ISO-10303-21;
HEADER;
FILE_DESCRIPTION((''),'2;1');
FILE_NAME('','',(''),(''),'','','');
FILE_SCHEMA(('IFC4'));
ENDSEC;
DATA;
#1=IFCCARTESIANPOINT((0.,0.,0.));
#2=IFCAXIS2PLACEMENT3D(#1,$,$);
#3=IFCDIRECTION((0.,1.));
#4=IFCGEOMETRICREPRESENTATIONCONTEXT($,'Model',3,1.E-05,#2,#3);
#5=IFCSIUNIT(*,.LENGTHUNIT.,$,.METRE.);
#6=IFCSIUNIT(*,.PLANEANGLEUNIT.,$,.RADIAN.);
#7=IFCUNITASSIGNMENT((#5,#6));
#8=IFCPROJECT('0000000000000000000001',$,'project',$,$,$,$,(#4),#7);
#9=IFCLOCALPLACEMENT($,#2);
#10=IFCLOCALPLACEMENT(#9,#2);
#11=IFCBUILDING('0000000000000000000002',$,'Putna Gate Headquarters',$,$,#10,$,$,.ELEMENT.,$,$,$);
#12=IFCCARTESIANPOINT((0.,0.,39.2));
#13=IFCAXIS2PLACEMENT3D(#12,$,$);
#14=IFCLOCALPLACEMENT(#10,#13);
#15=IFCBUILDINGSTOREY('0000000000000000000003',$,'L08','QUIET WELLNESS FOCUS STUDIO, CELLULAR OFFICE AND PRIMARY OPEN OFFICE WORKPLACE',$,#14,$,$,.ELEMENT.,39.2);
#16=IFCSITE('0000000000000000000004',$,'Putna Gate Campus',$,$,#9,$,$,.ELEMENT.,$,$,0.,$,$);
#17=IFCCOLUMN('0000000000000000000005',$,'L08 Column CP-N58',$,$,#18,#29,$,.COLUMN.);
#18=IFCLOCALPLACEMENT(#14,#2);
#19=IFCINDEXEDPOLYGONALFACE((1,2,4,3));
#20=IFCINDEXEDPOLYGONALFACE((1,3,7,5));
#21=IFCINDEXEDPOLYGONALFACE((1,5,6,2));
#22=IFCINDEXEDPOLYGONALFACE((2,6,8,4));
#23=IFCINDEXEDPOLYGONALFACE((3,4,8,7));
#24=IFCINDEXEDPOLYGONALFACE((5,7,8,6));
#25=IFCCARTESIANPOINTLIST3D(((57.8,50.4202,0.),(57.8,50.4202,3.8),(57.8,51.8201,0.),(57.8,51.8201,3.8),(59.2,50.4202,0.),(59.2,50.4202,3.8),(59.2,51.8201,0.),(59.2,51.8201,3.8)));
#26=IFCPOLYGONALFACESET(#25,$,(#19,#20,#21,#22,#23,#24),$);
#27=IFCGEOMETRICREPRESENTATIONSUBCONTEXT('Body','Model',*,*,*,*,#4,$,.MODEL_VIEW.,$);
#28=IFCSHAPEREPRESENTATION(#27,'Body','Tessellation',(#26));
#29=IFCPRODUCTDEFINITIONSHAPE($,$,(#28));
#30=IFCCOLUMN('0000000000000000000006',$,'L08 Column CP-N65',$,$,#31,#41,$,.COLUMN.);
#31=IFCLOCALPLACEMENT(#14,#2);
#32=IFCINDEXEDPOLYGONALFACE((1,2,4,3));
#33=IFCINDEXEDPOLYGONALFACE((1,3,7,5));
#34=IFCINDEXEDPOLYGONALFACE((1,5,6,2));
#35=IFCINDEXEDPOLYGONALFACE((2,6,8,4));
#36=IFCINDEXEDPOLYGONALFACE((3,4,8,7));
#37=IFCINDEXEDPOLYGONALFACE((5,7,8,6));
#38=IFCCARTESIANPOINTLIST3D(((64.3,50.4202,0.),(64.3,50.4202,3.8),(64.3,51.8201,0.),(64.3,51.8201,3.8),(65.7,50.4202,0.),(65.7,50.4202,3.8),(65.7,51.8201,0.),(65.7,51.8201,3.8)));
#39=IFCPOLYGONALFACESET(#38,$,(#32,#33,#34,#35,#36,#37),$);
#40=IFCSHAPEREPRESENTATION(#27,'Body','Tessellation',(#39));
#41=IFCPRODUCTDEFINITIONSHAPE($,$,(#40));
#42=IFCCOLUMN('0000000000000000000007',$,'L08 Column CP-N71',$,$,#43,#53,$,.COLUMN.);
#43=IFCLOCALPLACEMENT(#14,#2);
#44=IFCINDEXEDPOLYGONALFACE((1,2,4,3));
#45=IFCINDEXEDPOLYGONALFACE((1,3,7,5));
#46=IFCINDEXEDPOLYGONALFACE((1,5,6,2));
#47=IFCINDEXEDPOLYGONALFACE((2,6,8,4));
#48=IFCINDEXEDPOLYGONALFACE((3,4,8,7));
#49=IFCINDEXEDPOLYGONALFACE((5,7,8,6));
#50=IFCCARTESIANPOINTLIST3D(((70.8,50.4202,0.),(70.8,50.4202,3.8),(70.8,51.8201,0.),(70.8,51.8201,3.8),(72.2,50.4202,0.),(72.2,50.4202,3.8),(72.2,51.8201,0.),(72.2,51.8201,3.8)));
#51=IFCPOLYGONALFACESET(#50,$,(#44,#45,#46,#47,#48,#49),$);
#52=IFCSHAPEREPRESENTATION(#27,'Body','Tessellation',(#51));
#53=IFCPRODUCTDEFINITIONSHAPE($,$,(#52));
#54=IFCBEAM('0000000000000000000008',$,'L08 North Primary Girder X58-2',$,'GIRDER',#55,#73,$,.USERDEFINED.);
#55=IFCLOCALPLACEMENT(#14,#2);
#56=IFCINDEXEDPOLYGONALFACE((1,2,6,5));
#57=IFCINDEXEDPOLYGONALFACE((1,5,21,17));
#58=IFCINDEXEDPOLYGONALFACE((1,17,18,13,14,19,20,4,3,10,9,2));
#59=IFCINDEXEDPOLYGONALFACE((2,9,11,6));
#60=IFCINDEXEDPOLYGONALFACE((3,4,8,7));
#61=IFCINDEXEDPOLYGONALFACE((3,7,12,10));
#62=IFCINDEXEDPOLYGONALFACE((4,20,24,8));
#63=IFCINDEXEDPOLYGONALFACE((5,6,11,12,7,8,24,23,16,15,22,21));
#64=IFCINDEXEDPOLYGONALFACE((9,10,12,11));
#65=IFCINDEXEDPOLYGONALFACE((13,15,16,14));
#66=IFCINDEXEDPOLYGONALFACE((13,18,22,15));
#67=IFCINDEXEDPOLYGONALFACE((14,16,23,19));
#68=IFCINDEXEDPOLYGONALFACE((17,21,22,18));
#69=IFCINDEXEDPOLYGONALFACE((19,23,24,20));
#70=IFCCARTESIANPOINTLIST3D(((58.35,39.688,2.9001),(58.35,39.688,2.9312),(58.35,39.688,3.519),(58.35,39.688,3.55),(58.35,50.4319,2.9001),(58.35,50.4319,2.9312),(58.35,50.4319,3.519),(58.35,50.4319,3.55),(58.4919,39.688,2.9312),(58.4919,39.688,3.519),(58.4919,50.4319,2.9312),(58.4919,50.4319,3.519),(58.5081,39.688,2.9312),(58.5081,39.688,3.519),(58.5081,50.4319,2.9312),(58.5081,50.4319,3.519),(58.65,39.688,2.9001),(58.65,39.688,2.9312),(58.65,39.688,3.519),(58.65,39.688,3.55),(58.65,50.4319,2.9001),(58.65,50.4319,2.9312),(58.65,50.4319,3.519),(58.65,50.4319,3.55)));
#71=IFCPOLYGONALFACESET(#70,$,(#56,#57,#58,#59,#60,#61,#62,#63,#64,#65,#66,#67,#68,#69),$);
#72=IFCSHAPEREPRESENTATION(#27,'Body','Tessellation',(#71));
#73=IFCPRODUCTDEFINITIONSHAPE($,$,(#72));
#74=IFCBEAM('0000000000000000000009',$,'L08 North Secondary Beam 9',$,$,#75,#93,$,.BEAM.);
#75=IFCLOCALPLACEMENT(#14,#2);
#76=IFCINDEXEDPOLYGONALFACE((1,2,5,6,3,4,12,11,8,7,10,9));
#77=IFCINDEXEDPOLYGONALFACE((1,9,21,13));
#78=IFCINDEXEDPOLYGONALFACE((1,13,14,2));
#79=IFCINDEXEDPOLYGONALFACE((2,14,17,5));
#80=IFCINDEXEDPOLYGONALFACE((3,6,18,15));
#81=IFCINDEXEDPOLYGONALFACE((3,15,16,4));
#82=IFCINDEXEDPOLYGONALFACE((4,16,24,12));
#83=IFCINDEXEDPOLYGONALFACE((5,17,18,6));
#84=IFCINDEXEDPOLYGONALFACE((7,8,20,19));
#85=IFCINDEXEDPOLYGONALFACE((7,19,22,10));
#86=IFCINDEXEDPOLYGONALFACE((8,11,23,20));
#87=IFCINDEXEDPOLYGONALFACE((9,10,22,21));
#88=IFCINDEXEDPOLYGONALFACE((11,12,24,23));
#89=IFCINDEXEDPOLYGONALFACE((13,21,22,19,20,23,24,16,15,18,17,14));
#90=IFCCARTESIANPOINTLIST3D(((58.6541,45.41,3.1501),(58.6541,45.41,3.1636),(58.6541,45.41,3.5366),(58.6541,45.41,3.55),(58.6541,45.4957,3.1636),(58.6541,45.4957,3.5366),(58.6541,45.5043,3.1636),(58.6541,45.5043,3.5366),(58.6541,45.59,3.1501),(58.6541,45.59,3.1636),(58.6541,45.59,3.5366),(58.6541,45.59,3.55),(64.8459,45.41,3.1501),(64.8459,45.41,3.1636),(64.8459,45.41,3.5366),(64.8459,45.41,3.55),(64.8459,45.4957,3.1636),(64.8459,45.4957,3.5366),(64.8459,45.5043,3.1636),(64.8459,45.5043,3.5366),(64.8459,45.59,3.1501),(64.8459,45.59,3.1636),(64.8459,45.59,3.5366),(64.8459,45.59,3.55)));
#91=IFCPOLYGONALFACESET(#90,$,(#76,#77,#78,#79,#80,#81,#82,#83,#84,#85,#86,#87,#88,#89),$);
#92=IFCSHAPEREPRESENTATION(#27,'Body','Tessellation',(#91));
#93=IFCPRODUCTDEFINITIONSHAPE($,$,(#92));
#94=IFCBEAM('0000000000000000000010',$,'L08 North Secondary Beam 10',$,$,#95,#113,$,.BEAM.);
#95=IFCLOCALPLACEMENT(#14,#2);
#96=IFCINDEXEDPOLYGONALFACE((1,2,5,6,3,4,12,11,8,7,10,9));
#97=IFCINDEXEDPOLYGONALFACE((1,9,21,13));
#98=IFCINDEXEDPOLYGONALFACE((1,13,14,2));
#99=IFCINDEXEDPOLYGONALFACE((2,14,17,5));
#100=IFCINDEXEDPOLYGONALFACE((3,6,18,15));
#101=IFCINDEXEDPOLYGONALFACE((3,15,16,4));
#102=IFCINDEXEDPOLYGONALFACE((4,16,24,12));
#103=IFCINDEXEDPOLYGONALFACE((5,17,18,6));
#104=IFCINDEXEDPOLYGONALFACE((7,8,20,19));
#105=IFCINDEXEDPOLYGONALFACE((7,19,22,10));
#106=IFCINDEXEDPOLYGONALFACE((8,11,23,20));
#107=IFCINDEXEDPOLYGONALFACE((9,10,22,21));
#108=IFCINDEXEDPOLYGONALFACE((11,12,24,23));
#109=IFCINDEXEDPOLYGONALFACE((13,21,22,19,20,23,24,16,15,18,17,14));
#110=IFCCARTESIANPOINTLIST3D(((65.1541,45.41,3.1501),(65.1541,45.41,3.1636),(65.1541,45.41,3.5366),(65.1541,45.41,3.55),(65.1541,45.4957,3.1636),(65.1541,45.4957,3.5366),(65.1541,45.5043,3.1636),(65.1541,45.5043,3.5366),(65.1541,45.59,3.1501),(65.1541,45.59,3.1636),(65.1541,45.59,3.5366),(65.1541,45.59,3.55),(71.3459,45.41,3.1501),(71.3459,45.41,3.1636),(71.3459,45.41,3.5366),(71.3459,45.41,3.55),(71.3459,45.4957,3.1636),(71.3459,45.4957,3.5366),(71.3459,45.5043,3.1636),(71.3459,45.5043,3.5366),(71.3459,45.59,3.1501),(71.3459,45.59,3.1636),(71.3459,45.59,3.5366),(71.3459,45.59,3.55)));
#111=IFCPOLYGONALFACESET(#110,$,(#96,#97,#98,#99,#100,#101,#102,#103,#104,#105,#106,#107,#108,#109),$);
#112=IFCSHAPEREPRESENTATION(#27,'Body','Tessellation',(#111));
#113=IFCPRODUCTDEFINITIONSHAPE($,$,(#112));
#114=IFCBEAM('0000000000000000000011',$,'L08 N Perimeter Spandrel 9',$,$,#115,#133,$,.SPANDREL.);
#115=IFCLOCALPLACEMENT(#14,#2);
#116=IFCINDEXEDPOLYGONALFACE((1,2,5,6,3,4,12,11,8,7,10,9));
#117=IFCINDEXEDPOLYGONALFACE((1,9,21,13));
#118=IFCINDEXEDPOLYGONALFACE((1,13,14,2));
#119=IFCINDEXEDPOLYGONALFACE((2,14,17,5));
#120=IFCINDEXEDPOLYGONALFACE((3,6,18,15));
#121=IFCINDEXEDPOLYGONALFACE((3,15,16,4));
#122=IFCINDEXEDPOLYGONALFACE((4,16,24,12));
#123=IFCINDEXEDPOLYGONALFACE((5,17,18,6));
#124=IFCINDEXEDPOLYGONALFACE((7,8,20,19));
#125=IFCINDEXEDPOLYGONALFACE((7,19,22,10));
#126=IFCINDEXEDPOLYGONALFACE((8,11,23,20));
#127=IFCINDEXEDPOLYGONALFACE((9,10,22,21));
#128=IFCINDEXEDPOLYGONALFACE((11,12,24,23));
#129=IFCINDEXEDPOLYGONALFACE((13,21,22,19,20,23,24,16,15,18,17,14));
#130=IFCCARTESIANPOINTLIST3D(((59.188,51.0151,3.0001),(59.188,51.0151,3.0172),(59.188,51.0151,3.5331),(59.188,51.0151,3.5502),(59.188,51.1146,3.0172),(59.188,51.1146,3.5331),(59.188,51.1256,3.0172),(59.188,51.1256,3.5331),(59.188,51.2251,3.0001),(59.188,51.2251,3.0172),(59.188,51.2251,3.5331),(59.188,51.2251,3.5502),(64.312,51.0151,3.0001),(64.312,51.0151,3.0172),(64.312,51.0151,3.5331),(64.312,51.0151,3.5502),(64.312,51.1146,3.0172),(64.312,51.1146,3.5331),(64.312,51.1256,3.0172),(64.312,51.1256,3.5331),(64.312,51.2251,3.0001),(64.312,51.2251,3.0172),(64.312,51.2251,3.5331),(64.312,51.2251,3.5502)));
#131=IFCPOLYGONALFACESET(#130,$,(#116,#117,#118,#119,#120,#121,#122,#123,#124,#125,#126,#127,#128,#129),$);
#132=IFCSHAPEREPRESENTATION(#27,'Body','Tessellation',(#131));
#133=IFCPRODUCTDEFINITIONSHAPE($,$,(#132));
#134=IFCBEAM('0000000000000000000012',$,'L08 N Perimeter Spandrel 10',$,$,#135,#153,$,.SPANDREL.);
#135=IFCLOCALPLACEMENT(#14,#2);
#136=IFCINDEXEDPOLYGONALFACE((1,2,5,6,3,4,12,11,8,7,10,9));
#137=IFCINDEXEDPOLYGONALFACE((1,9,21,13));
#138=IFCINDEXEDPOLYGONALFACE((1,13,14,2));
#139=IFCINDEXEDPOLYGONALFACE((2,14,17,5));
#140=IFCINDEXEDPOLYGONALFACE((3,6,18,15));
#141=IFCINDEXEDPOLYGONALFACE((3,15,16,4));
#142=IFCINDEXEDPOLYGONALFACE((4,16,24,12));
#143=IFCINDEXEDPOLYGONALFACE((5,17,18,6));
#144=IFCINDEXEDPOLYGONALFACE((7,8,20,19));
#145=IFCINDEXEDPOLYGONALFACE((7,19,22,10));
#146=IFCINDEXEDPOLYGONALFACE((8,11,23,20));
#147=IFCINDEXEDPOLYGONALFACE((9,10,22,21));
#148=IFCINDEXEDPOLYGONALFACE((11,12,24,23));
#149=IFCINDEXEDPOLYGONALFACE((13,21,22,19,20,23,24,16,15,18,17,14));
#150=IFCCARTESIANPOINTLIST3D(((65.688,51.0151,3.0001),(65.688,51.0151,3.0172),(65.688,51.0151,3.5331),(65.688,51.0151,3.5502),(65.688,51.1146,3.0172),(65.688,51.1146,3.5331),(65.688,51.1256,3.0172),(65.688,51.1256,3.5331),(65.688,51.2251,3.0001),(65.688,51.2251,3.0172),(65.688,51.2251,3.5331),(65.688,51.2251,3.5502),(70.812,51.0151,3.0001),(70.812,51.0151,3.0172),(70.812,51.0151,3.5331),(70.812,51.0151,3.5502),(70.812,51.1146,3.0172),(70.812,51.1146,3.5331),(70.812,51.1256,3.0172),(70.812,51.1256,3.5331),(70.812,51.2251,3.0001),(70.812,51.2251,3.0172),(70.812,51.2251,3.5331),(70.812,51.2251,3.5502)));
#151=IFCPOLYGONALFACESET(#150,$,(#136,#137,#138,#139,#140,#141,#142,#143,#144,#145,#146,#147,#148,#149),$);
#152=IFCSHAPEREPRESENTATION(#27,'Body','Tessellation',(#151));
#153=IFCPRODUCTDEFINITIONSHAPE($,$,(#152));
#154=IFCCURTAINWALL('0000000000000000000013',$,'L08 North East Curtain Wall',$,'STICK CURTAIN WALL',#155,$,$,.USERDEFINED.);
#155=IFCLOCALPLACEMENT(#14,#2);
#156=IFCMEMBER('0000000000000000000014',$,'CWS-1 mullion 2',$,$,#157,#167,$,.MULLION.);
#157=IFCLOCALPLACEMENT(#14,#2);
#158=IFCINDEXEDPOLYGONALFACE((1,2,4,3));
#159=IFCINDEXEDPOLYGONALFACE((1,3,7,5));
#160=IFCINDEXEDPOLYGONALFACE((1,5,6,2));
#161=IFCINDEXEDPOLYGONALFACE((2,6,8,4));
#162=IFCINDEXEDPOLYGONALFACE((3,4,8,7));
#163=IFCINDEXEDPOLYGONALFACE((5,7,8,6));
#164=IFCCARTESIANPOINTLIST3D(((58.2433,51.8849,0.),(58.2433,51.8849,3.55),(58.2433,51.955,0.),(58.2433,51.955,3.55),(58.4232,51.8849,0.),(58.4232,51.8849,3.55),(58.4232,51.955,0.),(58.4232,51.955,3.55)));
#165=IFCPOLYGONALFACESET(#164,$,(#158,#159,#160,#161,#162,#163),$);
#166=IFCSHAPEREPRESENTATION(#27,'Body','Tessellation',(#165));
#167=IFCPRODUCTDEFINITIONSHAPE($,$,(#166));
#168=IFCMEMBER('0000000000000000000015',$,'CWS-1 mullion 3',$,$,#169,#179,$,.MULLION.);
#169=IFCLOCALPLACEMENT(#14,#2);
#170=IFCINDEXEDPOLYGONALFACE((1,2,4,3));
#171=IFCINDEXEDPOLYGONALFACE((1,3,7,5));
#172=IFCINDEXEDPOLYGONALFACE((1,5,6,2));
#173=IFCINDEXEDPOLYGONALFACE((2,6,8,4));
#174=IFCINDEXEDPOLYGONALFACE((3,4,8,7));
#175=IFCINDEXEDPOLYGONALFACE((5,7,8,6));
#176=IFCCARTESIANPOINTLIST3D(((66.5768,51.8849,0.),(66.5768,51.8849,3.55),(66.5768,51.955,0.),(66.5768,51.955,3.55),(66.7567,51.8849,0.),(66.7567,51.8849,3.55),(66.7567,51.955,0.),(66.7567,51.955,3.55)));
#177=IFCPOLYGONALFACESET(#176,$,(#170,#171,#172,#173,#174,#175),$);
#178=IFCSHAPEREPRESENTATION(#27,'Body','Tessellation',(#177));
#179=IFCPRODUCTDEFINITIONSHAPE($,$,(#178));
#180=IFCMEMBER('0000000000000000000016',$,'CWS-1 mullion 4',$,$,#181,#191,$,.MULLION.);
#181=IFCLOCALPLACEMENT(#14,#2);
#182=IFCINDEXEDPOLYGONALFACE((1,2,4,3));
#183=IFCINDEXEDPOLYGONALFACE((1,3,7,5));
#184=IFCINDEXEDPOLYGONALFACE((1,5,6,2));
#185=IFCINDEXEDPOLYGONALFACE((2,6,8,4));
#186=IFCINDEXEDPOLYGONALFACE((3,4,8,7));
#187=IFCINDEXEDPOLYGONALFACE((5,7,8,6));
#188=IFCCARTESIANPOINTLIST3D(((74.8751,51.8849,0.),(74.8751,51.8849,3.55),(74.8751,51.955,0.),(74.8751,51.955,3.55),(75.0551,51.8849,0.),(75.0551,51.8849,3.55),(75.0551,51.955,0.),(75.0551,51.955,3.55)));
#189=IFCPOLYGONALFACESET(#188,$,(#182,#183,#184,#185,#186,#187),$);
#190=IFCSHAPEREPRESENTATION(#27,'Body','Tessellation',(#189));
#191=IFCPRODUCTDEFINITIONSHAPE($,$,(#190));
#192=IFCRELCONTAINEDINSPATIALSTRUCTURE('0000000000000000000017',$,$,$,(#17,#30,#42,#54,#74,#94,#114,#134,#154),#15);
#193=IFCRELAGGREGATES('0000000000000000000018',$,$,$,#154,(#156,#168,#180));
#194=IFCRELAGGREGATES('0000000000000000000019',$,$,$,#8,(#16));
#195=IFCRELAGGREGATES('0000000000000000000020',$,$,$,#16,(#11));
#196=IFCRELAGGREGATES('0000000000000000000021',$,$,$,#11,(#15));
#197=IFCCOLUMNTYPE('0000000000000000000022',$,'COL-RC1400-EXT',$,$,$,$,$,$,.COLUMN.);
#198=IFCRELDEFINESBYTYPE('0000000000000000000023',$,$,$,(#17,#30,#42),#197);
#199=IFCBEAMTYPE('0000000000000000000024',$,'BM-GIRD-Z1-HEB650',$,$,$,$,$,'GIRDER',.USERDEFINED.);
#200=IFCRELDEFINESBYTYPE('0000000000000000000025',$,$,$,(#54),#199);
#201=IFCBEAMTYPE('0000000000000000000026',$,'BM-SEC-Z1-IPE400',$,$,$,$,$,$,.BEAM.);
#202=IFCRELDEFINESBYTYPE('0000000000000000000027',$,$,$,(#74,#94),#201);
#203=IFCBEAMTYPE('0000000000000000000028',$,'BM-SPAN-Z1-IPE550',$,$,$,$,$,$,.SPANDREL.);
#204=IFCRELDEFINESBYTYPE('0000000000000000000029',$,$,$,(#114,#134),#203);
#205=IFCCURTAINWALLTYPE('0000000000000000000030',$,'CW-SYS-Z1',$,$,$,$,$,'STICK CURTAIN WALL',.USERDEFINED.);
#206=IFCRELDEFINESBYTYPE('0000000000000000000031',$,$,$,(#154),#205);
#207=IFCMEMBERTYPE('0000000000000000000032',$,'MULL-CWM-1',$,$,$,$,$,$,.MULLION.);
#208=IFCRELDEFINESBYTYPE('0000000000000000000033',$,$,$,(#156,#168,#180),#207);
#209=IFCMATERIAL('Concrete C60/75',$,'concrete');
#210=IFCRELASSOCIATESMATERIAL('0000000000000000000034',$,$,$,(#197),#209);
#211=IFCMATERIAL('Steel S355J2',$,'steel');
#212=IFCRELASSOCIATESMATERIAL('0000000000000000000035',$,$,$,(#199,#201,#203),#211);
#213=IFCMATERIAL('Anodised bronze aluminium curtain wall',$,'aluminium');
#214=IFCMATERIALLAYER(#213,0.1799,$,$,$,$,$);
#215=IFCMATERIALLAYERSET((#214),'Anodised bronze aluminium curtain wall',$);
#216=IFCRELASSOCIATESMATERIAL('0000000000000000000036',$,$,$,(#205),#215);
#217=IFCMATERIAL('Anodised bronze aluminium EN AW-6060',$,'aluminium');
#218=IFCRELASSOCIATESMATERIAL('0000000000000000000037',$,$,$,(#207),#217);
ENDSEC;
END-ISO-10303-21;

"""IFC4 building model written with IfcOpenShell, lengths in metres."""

from ifc_helpers import new_model, si_unit, direction, frame, origin, origin_2d, place, context, subcontext, project, spatial, rectangle, i_section, extrude, material, layer, layer_set, material_profile, profile_set, type_object, element, aggregate, save


model = new_model("IFC4")

# Units and contexts
model_context = context("Model", 3, precision=1e-05, world=origin(), true_north=direction((0.0, 1.0)))
body_context = subcontext(model_context, "Body", "Model", "MODEL_VIEW")
ifc_project = project(units=[si_unit("LENGTHUNIT", "METRE"), si_unit("PLANEANGLEUNIT", "RADIAN")], contexts=[model_context])

# Site, building, storey
site_placement = place(None, origin())
site = spatial("IfcSite", under=ifc_project, at=site_placement, Name="Putna Gate Campus", CompositionType="ELEMENT", RefElevation=0.0)
building_placement = place(site_placement, origin())
building = spatial("IfcBuilding", under=site, at=building_placement, Name="Putna Gate Headquarters", CompositionType="ELEMENT")
storey_placement = place(building_placement, frame((0.0, 0.0, 39.2)))
storey = spatial("IfcBuildingStorey", under=building, at=storey_placement, Name="L08", Description="QUIET WELLNESS FOCUS STUDIO, CELLULAR OFFICE AND PRIMARY OPEN OFFICE WORKPLACE", CompositionType="ELEMENT", Elevation=39.2)

# Columns
ifc_material_1 = material(Name="Concrete C60/75", Category="concrete")
ifc_material_profile_1 = material_profile(ifc_material_1, rectangle(XDim=1.3999, YDim=1.3999, at=origin_2d()), Name="Concrete C60/75")
ifc_profile_set_1 = profile_set([ifc_material_profile_1], Name="Concrete C60/75")
column_type = type_object("IfcColumnType", Name="COL-RC1400-EXT", PredefinedType="COLUMN", material=ifc_profile_set_1)
for number, where, z_axis, x_axis, name in (
    (1, (58.5, 51.1201, 0.0), (0.0, 0.0, 1.0), (1.0, 0.0, 0.0), "L08 Column CP-N58"),
    (2, (65.0, 51.1201, 0.0), (0.0, 0.0, 1.0), (1.0, 0.0, 0.0), "L08 Column CP-N65"),
    (3, (71.5, 51.1201, 0.0), (0.0, 0.0, 1.0), (1.0, 0.0, 0.0), "L08 Column CP-N71"),
):
    element("IfcColumn", number, at=place(storey_placement, frame(where, z_axis=z_axis, x_axis=x_axis)), inside=storey, type_object=column_type, Name=name, PredefinedType="COLUMN", context=body_context, shape_type="SweptSolid", body=[
        extrude(rectangle(XDim=1.3999, YDim=1.3999, at=origin_2d()), origin(), (0.0, 0.0, 1.0), 3.8),
    ])

# Beams
ifc_material_2 = material(Name="Steel S355J2", Category="steel")
ifc_material_profile_2 = material_profile(ifc_material_2, i_section(OverallWidth=0.3, OverallDepth=0.6499, WebThickness=0.0161, FlangeThickness=0.031, at=origin_2d()), Name="Steel S355J2")
ifc_profile_set_2 = profile_set([ifc_material_profile_2], Name="Steel S355J2")
beam_type_1 = type_object("IfcBeamType", Name="BM-GIRD-Z1-HEB650", ElementType="GIRDER", PredefinedType="USERDEFINED", material=ifc_profile_set_2)
beam_placement = place(storey_placement, frame((58.5, 39.688, 3.2251), z_axis=(0.0, 1.0, 0.0), x_axis=(-1.0, 0.0, 0.0)))
element("IfcBeam", 4, at=beam_placement, inside=storey, type_object=beam_type_1, Name="L08 North Primary Girder X58-2", ObjectType="GIRDER", PredefinedType="USERDEFINED", context=body_context, shape_type="SweptSolid", body=[
    extrude(i_section(OverallWidth=0.3, OverallDepth=0.6499, WebThickness=0.0161, FlangeThickness=0.031, at=origin_2d()), origin(), (0.0, 0.0, 1.0), 10.7439),
])
ifc_material_profile_3 = material_profile(ifc_material_2, i_section(OverallWidth=0.1799, OverallDepth=0.3999, WebThickness=0.0085, FlangeThickness=0.0134, at=origin_2d()), Name="Steel S355J2")
ifc_profile_set_3 = profile_set([ifc_material_profile_3], Name="Steel S355J2")
beam_type_2 = type_object("IfcBeamType", Name="BM-SEC-Z1-IPE400", PredefinedType="BEAM", material=ifc_profile_set_3)
for number, where, z_axis, x_axis, name in (
    (5, (58.6541, 45.5, 3.3501), (1.0, 0.0, 0.0), (0.0, 1.0, 0.0), "L08 North Secondary Beam 9"),
    (6, (65.1541, 45.5, 3.3501), (1.0, 0.0, 0.0), (0.0, 1.0, 0.0), "L08 North Secondary Beam 10"),
):
    element("IfcBeam", number, at=place(storey_placement, frame(where, z_axis=z_axis, x_axis=x_axis)), inside=storey, type_object=beam_type_2, Name=name, PredefinedType="BEAM", context=body_context, shape_type="SweptSolid", body=[
        extrude(i_section(OverallWidth=0.1799, OverallDepth=0.3999, WebThickness=0.0085, FlangeThickness=0.0134, at=origin_2d()), origin(), (0.0, 0.0, 1.0), 6.1919),
    ])
ifc_material_profile_4 = material_profile(ifc_material_2, i_section(OverallWidth=0.21, OverallDepth=0.55, WebThickness=0.011, FlangeThickness=0.0171, at=origin_2d()), Name="Steel S355J2")
ifc_profile_set_4 = profile_set([ifc_material_profile_4], Name="Steel S355J2")
beam_type_3 = type_object("IfcBeamType", Name="BM-SPAN-Z1-IPE550", PredefinedType="SPANDREL", material=ifc_profile_set_4)
for number, where, z_axis, x_axis, name in (
    (7, (59.188, 51.1201, 3.2751), (1.0, 0.0, 0.0), (0.0, 1.0, 0.0), "L08 N Perimeter Spandrel 9"),
    (8, (65.688, 51.1201, 3.2751), (1.0, 0.0, 0.0), (0.0, 1.0, 0.0), "L08 N Perimeter Spandrel 10"),
):
    element("IfcBeam", number, at=place(storey_placement, frame(where, z_axis=z_axis, x_axis=x_axis)), inside=storey, type_object=beam_type_3, Name=name, PredefinedType="SPANDREL", context=body_context, shape_type="SweptSolid", body=[
        extrude(i_section(OverallWidth=0.21, OverallDepth=0.55, WebThickness=0.011, FlangeThickness=0.0171, at=origin_2d()), origin(), (0.0, 0.0, 1.0), 5.124),
    ])

# Curtain wall, members
ifc_material_3 = material(Name="Anodised bronze aluminium curtain wall", Category="aluminium")
ifc_layer_1 = layer(ifc_material_3, 0.1799)
ifc_layer_set_1 = layer_set([ifc_layer_1], Name="Anodised bronze aluminium curtain wall")
curtain_wall_type = type_object("IfcCurtainWallType", Name="CW-SYS-Z1", ElementType="STICK CURTAIN WALL", PredefinedType="USERDEFINED", material=ifc_layer_set_1)
curtain_wall_1_placement = place(storey_placement, origin())
curtain_wall_1 = element("IfcCurtainWall", 9, at=curtain_wall_1_placement, inside=storey, type_object=curtain_wall_type, Name="L08 North East Curtain Wall", ObjectType="STICK CURTAIN WALL", PredefinedType="USERDEFINED")
ifc_material_4 = material(Name="Anodised bronze aluminium EN AW-6060", Category="aluminium")
ifc_material_profile_5 = material_profile(ifc_material_4, rectangle(XDim=0.0701, YDim=0.1799, at=origin_2d()), Name="Anodised bronze aluminium EN AW-6060")
ifc_profile_set_5 = profile_set([ifc_material_profile_5], Name="Anodised bronze aluminium EN AW-6060")
member_type_1 = type_object("IfcMemberType", Name="MULL-CWM-1", PredefinedType="MULLION", material=ifc_profile_set_5)
member_1_placement = place(storey_placement, frame((58.3333, 51.9199, 0.0), z_axis=(0.0, 0.0, 1.0), x_axis=(0.0, 1.0, 0.0)))
member_1 = element("IfcMember", 10, at=member_1_placement, type_object=member_type_1, Name="CWS-1 mullion 2", PredefinedType="MULLION", context=body_context, shape_type="SweptSolid", body=[
    extrude(rectangle(XDim=0.0701, YDim=0.1799, at=origin_2d()), origin(), (0.0, 0.0, 1.0), 3.55),
])
member_2_placement = place(storey_placement, frame((66.6667, 51.9199, 0.0), z_axis=(0.0, 0.0, 1.0), x_axis=(0.0, 1.0, 0.0)))
member_2 = element("IfcMember", 11, at=member_2_placement, type_object=member_type_1, Name="CWS-1 mullion 3", PredefinedType="MULLION", context=body_context, shape_type="SweptSolid", body=[
    extrude(rectangle(XDim=0.0701, YDim=0.1799, at=origin_2d()), origin(), (0.0, 0.0, 1.0), 3.55),
])
member_3_placement = place(storey_placement, frame((74.9651, 51.9199, 0.0), z_axis=(0.0, 0.0, 1.0), x_axis=(0.0, 1.0, 0.0)))
member_3 = element("IfcMember", 12, at=member_3_placement, type_object=member_type_1, Name="CWS-1 mullion 4", PredefinedType="MULLION", context=body_context, shape_type="SweptSolid", body=[
    extrude(rectangle(XDim=0.0701, YDim=0.1799, at=origin_2d()), origin(), (0.0, 0.0, 1.0), 3.55),
])

aggregate(curtain_wall_1, [member_1, member_2, member_3])

save(model, "model.ifc")
